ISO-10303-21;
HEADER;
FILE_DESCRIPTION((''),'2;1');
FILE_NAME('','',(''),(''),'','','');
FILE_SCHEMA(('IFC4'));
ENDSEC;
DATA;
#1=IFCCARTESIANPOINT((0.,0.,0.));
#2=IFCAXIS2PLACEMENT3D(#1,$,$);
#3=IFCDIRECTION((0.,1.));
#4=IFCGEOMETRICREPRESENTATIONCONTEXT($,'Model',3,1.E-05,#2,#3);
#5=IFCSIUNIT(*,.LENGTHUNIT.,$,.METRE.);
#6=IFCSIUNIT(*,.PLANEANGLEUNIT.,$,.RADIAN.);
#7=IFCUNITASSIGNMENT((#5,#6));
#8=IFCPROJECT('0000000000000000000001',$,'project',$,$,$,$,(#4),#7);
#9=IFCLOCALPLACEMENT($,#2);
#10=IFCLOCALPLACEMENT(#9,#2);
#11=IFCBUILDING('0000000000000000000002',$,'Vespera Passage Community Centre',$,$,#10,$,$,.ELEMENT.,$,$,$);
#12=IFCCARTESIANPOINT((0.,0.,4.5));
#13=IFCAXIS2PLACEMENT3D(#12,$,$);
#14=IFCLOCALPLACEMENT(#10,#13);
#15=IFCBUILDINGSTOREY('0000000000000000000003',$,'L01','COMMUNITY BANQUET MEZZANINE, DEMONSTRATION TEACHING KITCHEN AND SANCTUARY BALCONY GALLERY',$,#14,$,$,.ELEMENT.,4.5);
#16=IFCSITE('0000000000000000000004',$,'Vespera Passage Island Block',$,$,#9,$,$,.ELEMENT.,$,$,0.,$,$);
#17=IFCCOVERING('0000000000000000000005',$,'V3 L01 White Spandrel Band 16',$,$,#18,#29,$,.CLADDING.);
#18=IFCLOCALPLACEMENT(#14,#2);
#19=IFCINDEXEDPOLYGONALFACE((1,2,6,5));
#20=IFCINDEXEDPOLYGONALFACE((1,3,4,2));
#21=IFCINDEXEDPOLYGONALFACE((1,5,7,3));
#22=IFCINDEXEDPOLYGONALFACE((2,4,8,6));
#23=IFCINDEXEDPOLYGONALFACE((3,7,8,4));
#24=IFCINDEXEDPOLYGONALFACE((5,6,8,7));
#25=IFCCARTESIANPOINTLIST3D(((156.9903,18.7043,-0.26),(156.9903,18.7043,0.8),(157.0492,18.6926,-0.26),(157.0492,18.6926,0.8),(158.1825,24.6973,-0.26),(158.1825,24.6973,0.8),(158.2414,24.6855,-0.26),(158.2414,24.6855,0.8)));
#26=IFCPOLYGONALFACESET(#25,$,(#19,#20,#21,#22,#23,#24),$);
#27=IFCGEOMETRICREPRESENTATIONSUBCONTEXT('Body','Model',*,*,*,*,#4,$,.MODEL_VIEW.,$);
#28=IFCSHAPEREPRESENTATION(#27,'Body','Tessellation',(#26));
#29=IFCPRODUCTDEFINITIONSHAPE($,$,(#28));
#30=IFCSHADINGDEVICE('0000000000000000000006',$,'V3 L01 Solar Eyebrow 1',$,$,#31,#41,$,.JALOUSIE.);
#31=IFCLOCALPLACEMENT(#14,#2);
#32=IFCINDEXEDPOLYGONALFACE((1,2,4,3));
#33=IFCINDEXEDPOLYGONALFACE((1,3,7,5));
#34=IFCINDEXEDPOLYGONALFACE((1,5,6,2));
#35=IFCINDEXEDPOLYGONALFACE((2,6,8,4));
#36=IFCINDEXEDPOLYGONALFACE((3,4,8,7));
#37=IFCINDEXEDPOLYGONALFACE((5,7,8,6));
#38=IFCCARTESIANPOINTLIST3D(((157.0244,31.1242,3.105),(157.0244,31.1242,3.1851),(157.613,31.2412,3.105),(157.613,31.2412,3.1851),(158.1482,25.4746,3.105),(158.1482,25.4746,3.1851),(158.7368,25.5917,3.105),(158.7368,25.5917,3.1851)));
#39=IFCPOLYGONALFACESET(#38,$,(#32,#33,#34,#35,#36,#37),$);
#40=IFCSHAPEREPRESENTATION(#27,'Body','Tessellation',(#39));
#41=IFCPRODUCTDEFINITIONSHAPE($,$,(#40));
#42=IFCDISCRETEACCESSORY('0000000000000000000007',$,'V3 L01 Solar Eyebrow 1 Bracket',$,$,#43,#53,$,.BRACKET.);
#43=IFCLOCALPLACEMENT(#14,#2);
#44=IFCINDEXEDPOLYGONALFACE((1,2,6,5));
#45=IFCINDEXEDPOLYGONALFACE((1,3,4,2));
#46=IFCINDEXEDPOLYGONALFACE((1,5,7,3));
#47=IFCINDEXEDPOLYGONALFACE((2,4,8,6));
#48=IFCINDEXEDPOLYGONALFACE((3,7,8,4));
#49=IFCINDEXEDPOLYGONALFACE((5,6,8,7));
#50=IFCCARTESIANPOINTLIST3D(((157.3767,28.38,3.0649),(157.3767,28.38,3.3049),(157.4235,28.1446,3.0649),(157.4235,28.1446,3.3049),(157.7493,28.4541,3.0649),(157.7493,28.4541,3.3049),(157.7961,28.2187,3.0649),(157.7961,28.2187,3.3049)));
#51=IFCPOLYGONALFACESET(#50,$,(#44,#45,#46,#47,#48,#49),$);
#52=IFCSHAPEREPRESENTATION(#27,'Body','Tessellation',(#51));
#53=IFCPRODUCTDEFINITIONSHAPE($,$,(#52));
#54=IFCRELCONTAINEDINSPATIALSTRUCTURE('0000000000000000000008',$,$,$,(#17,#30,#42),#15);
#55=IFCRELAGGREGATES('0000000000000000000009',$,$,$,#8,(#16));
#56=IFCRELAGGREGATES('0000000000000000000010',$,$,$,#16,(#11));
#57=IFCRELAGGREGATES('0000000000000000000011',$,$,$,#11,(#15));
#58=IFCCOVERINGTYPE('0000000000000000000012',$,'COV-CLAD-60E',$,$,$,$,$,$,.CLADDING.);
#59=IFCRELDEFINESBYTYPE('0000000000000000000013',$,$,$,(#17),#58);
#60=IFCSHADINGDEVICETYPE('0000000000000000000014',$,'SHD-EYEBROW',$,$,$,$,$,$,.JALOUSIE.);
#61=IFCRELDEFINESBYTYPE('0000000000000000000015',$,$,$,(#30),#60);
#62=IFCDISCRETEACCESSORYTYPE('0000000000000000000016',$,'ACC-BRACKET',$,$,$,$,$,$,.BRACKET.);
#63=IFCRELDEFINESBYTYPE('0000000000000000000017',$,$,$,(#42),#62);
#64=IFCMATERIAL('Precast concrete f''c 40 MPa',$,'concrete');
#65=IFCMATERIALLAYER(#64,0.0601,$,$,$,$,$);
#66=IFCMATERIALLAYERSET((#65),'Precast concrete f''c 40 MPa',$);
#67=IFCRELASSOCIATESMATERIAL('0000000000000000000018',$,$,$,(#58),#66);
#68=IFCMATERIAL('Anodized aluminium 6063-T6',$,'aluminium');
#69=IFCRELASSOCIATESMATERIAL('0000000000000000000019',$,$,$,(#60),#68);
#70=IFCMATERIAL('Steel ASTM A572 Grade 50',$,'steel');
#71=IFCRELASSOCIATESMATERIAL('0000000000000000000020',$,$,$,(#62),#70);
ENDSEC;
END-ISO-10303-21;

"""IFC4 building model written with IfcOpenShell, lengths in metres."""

from ifc_helpers import new_model, si_unit, direction, frame, frame_2d, origin, origin_2d, place, context, subcontext, project, spatial, rectangle, extrude, material, layer, layer_set, type_object, element, save


model = new_model("IFC4")

# Units and contexts
model_context = context("Model", 3, precision=1e-05, world=origin(), true_north=direction((0.0, 1.0)))
body_context = subcontext(model_context, "Body", "Model", "MODEL_VIEW")
ifc_project = project(units=[si_unit("LENGTHUNIT", "METRE"), si_unit("PLANEANGLEUNIT", "RADIAN")], contexts=[model_context])

# Site, building, storey
site_placement = place(None, origin())
site = spatial("IfcSite", under=ifc_project, at=site_placement, Name="Vespera Passage Island Block", CompositionType="ELEMENT", RefElevation=0.0)
building_placement = place(site_placement, origin())
building = spatial("IfcBuilding", under=site, at=building_placement, Name="Vespera Passage Community Centre", CompositionType="ELEMENT")
storey_placement = place(building_placement, frame((0.0, 0.0, 4.5)))
storey = spatial("IfcBuildingStorey", under=building, at=storey_placement, Name="L01", Description="COMMUNITY BANQUET MEZZANINE, DEMONSTRATION TEACHING KITCHEN AND SANCTUARY BALCONY GALLERY", CompositionType="ELEMENT", Elevation=4.5)

# Covering
ifc_material_1 = material(Name="Precast concrete f'c 40 MPa", Category="concrete")
ifc_layer_1 = layer(ifc_material_1, 0.0601)
ifc_layer_set_1 = layer_set([ifc_layer_1], Name="Precast concrete f'c 40 MPa")
covering_type = type_object("IfcCoveringType", Name="COV-CLAD-60E", PredefinedType="CLADDING", material=ifc_layer_set_1)
covering_placement = place(storey_placement, frame((158.2119, 24.6914, -0.26), z_axis=(0.0, 0.0, 1.0), x_axis=(-0.195102, -0.980783, 0.0)))
element("IfcCovering", 1, at=covering_placement, inside=storey, type_object=covering_type, Name="V3 L01 White Spandrel Band 16", PredefinedType="CLADDING", context=body_context, shape_type="SweptSolid", body=[
    extrude(rectangle(XDim=6.1104, YDim=0.0601, at=frame_2d((3.0552, 0.0))), origin(), (0.0, 0.0, 1.0), 1.0601),
])

# Shading device
ifc_material_2 = material(Name="Anodized aluminium 6063-T6", Category="aluminium")
shading_device_type = type_object("IfcShadingDeviceType", Name="SHD-EYEBROW", PredefinedType="JALOUSIE", material=ifc_material_2)
shading_device_placement = place(storey_placement, frame((157.8806, 28.3579, 3.105), z_axis=(0.0, 0.0, 1.0), x_axis=(0.19509, -0.980785, 0.0)))
element("IfcShadingDevice", 2, at=shading_device_placement, inside=storey, type_object=shading_device_type, Name="V3 L01 Solar Eyebrow 1", PredefinedType="JALOUSIE", context=body_context, shape_type="SweptSolid", body=[
    extrude(rectangle(XDim=5.7603, YDim=0.6001, at=origin_2d()), origin(), (0.0, 0.0, 1.0), 0.0801),
])

# Discrete accessory
ifc_material_3 = material(Name="Steel ASTM A572 Grade 50", Category="steel")
discrete_accessory_type = type_object("IfcDiscreteAccessoryType", Name="ACC-BRACKET", PredefinedType="BRACKET", material=ifc_material_3)
discrete_accessory_placement = place(storey_placement, frame((157.5864, 28.2993, 3.0649), z_axis=(0.0, 0.0, 1.0), x_axis=(0.19509, -0.980785, 0.0)))
element("IfcDiscreteAccessory", 3, at=discrete_accessory_placement, inside=storey, type_object=discrete_accessory_type, Name="V3 L01 Solar Eyebrow 1 Bracket", PredefinedType="BRACKET", context=body_context, shape_type="SweptSolid", body=[
    extrude(rectangle(XDim=0.24, YDim=0.3799, at=origin_2d()), origin(), (0.0, 0.0, 1.0), 0.24),
])

save(model, "model.ifc")
